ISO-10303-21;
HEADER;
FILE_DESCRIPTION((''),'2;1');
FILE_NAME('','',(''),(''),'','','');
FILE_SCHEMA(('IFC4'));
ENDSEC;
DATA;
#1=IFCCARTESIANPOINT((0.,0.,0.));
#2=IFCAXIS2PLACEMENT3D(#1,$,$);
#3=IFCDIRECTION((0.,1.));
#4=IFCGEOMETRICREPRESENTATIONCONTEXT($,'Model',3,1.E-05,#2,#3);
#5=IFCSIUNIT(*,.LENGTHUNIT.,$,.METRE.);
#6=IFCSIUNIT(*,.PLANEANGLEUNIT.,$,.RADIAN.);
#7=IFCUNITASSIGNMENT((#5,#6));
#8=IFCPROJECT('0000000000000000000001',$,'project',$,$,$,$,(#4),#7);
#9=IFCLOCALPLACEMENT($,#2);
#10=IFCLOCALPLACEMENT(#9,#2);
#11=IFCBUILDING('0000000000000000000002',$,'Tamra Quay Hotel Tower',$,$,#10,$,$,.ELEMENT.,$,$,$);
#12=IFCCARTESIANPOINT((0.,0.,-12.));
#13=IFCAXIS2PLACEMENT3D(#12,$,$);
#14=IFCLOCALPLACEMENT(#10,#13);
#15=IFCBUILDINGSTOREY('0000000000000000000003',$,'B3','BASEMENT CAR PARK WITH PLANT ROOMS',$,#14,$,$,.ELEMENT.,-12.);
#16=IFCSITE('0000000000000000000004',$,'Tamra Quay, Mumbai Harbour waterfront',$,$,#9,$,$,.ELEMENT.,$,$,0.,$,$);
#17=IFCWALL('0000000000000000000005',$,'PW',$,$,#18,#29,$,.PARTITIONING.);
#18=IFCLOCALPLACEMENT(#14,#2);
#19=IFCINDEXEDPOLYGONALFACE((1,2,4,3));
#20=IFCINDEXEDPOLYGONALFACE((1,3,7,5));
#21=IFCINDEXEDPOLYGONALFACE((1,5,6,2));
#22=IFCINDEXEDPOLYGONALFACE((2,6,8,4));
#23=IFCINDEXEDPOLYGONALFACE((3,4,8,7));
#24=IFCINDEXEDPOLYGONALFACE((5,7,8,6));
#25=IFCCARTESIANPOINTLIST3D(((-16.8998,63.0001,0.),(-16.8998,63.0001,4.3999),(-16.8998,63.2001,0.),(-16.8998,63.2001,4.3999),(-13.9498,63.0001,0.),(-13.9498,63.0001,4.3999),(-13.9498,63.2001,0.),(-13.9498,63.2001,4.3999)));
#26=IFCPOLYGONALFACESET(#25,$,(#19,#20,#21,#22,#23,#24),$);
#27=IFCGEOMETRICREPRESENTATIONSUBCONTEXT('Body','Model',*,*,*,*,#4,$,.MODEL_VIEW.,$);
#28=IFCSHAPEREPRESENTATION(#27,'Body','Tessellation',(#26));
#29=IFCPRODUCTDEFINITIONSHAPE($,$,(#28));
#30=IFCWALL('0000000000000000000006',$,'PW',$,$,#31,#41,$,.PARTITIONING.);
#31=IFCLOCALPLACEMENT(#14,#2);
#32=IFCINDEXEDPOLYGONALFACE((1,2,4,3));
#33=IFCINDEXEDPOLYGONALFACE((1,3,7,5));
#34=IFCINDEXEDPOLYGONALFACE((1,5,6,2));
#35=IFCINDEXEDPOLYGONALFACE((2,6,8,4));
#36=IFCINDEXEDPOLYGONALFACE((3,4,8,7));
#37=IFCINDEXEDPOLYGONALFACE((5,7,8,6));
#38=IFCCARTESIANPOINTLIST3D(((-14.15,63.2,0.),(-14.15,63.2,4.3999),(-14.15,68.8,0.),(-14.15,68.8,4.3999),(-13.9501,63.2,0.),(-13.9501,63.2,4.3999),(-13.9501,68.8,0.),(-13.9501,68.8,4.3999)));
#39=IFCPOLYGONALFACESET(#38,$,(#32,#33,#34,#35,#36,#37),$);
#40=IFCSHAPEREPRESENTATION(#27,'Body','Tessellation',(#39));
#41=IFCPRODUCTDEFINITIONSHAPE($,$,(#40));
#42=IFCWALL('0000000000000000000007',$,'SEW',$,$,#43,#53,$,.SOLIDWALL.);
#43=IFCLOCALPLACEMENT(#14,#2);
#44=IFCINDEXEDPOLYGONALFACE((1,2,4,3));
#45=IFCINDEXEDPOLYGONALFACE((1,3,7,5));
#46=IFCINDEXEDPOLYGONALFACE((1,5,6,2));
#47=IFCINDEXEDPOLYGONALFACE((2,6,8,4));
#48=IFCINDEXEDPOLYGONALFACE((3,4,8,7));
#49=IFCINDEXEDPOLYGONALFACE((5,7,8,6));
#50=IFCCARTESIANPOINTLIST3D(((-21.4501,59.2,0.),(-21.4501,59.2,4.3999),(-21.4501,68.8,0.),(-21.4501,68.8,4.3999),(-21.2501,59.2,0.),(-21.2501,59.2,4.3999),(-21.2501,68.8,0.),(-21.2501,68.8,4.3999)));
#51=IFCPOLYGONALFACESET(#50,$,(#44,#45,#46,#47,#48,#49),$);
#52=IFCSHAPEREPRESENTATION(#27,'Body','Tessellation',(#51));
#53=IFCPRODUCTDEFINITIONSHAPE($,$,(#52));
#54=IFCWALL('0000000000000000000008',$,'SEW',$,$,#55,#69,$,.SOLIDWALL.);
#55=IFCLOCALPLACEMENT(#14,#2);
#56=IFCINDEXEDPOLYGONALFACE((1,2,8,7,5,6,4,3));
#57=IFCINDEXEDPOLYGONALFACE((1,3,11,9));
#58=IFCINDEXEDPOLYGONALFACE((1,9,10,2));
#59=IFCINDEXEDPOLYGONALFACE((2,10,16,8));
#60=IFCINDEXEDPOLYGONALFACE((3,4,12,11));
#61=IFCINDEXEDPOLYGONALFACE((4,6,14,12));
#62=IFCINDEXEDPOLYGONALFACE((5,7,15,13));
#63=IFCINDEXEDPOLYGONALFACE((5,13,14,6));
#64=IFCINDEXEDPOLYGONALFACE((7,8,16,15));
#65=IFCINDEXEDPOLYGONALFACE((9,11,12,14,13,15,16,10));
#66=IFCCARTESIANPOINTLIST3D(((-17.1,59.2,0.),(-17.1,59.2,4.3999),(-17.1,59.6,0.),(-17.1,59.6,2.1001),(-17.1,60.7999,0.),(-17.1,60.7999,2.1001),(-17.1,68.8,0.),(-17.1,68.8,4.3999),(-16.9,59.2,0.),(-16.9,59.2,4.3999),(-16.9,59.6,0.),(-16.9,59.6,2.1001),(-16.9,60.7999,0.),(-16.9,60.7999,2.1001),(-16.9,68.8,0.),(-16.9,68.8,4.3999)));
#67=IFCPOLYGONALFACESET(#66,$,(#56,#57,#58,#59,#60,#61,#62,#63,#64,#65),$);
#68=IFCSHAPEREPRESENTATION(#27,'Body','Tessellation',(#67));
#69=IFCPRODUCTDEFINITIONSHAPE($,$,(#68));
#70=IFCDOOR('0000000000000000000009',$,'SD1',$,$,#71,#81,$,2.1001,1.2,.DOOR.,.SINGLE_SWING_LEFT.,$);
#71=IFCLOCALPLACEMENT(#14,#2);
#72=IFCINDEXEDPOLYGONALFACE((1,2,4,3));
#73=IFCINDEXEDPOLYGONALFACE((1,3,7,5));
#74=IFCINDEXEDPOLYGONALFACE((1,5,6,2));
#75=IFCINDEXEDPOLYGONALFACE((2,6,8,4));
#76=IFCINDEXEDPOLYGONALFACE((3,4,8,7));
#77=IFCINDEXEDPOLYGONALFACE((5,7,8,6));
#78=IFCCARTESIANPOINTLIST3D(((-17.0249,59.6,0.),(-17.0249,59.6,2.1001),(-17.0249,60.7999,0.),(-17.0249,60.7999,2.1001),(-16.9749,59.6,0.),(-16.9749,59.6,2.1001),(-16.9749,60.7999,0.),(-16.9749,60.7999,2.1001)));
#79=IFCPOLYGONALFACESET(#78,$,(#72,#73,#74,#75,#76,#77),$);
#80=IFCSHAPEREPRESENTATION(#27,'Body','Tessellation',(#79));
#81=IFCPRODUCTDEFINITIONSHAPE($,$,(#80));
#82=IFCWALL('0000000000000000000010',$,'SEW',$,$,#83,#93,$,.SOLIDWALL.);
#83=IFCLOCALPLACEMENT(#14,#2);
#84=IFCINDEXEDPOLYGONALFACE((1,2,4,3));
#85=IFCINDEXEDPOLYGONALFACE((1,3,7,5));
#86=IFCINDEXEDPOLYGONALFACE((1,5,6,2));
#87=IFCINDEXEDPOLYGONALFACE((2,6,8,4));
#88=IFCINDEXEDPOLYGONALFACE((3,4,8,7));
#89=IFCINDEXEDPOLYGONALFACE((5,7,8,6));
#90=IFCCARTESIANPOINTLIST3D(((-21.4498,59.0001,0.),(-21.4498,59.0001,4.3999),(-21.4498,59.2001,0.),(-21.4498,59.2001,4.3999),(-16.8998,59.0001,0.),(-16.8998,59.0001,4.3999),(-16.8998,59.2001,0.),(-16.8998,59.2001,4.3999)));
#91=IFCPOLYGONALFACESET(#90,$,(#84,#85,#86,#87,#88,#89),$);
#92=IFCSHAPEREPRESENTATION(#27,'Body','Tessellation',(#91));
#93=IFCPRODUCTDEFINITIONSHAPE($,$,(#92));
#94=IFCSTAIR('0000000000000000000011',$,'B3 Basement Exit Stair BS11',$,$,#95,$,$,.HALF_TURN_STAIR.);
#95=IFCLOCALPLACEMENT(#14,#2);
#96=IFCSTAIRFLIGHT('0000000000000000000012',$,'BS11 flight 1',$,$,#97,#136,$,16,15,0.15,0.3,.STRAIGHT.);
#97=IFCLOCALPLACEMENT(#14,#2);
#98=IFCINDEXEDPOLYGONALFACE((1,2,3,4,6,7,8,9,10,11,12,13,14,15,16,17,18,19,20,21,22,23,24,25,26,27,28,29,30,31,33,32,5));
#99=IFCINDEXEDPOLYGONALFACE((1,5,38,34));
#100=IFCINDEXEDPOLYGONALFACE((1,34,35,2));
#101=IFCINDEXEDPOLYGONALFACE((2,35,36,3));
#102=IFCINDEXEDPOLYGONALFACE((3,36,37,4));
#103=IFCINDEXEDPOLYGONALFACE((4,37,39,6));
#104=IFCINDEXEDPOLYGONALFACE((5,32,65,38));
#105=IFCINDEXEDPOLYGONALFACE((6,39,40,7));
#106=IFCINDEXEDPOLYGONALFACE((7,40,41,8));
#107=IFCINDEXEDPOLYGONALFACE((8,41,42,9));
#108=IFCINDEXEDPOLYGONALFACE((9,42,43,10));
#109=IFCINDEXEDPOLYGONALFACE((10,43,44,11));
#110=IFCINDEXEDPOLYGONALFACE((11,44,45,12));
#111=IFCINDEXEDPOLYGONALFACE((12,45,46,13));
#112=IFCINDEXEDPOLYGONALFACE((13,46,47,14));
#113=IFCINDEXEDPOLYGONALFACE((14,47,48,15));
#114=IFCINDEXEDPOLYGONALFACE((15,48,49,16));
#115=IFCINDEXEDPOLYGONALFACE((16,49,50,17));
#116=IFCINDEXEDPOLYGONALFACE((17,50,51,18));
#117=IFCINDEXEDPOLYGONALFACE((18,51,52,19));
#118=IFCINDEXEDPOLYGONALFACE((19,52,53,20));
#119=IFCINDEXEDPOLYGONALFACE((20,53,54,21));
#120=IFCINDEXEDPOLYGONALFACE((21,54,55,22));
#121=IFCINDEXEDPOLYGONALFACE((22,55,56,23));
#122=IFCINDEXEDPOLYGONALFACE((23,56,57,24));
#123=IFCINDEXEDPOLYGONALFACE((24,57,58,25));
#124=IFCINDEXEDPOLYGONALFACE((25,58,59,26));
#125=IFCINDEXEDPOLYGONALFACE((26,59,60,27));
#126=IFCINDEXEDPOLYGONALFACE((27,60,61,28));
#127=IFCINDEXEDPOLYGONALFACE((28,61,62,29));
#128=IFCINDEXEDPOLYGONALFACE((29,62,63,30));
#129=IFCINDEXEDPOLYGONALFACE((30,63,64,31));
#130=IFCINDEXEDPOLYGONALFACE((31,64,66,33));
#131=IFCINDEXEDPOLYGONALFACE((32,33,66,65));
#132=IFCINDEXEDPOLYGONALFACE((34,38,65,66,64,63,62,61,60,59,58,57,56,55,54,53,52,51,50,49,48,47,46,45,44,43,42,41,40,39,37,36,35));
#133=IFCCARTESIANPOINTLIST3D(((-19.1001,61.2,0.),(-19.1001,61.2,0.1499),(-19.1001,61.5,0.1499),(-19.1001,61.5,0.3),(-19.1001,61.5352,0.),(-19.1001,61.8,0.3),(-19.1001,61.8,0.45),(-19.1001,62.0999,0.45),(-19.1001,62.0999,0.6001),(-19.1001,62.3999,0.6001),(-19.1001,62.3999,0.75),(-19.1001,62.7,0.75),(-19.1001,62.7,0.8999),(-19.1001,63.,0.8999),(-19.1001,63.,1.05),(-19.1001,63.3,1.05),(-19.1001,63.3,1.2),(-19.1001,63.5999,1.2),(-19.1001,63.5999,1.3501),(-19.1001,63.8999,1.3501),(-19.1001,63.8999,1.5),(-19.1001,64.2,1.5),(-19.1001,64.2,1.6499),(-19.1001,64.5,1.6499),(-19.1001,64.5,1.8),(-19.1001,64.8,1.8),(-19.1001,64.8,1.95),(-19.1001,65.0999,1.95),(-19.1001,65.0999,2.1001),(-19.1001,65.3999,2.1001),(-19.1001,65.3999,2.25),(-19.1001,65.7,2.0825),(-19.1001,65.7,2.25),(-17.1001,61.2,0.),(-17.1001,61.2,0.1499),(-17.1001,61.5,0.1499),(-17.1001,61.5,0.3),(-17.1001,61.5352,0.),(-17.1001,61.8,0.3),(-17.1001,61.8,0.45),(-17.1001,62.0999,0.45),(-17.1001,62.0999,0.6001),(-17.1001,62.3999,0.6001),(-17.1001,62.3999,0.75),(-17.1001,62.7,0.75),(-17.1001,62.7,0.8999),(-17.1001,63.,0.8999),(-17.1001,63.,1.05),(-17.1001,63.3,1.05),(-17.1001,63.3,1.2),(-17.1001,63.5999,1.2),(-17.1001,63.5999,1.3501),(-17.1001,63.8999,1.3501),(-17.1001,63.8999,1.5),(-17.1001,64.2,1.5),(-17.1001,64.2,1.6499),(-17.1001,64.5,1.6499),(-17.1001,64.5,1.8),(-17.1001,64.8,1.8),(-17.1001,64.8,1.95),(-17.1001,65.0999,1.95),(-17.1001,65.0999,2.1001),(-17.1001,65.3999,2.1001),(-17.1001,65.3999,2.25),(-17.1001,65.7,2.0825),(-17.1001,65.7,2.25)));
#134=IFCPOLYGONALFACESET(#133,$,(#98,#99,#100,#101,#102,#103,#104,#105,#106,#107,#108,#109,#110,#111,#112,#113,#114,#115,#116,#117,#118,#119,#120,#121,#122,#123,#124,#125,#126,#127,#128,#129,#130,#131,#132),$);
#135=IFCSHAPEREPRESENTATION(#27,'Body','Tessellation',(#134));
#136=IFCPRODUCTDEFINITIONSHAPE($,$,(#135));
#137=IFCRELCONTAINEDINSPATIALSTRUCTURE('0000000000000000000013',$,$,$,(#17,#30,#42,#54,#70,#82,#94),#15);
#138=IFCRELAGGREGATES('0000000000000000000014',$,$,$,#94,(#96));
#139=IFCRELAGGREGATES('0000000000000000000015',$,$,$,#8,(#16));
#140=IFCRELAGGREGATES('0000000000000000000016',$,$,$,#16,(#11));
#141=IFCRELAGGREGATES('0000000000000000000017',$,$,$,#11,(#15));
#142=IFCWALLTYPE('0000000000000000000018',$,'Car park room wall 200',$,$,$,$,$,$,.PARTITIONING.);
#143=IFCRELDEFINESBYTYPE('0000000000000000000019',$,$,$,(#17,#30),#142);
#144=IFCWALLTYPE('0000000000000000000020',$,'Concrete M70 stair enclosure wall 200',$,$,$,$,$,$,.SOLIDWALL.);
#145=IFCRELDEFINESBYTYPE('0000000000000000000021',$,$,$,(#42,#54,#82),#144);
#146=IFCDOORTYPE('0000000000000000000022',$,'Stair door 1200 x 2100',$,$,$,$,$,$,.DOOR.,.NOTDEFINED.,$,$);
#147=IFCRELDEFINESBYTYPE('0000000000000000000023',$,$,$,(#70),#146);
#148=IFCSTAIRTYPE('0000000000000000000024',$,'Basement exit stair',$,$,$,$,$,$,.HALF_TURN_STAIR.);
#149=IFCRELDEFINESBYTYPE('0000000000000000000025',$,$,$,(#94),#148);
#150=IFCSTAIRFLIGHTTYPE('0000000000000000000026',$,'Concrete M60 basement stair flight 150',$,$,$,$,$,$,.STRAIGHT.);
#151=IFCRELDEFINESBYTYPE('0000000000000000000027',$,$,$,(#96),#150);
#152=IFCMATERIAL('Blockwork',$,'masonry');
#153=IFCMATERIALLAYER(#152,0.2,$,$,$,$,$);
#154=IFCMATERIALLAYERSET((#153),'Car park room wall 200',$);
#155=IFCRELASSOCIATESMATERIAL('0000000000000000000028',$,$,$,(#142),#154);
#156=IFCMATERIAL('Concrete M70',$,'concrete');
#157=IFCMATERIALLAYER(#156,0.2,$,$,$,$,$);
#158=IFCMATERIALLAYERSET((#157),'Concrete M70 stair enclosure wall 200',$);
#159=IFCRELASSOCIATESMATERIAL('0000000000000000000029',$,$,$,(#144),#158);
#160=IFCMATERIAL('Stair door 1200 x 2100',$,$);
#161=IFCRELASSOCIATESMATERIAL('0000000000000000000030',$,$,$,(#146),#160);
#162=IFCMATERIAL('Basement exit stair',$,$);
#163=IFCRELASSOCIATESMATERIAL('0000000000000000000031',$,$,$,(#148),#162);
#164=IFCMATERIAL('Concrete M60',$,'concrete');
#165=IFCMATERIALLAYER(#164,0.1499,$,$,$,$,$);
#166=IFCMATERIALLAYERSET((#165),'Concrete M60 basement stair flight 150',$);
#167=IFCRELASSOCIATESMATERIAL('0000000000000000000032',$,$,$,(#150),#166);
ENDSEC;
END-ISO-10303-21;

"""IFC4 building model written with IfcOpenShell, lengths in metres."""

from ifc_helpers import new_model, si_unit, direction, frame, frame_2d, origin, place, context, subcontext, project, spatial, polyline, rectangle, outline, extrude, material, layer, layer_set, type_object, element, fill, aggregate, save


model = new_model("IFC4")

# Units and contexts
model_context = context("Model", 3, precision=1e-05, world=origin(), true_north=direction((0.0, 1.0)))
body_context = subcontext(model_context, "Body", "Model", "MODEL_VIEW")
ifc_project = project(units=[si_unit("LENGTHUNIT", "METRE"), si_unit("PLANEANGLEUNIT", "RADIAN")], contexts=[model_context])

# Site, building, storey
site_placement = place(None, origin())
site = spatial("IfcSite", under=ifc_project, at=site_placement, Name="Tamra Quay, Mumbai Harbour waterfront", CompositionType="ELEMENT", RefElevation=0.0)
building_placement = place(site_placement, origin())
building = spatial("IfcBuilding", under=site, at=building_placement, Name="Tamra Quay Hotel Tower", CompositionType="ELEMENT")
storey_placement = place(building_placement, frame((0.0, 0.0, -12.0)))
storey = spatial("IfcBuildingStorey", under=building, at=storey_placement, Name="B3", Description="BASEMENT CAR PARK WITH PLANT ROOMS", CompositionType="ELEMENT", Elevation=-12.0)

# Shared definitions
ifc_material_1 = material(Name="Concrete M70", Category="concrete")

# Shared definitions
ifc_material_2 = material(Name="Blockwork", Category="masonry")
ifc_layer_1 = layer(ifc_material_2, 0.2)
ifc_layer_set_1 = layer_set([ifc_layer_1], Name="Car park room wall 200")
wall_type_1 = type_object("IfcWallType", Name="Car park room wall 200", PredefinedType="PARTITIONING", material=ifc_layer_set_1)

# Walls
wall_1_placement = place(storey_placement, frame((-16.8999, 63.1001, 0.0), z_axis=(0.0, 0.0, 1.0), x_axis=(1.0, 0.0, 0.0)))
element("IfcWall", 1, at=wall_1_placement, inside=storey, type_object=wall_type_1, Name="PW", PredefinedType="PARTITIONING", context=body_context, shape_type="SweptSolid", body=[
    extrude(rectangle(XDim=2.95, YDim=0.2, at=frame_2d((1.4751, 0.0))), origin(), (0.0, 0.0, 1.0), 4.3999),
])
wall_2_placement = place(storey_placement, frame((-14.05, 63.2, 0.0), z_axis=(0.0, 0.0, 1.0), x_axis=(0.0, 1.0, 0.0)))
element("IfcWall", 2, at=wall_2_placement, inside=storey, type_object=wall_type_1, Name="PW", PredefinedType="PARTITIONING", context=body_context, shape_type="SweptSolid", body=[
    extrude(rectangle(XDim=5.6001, YDim=0.2, at=frame_2d((2.8, 0.0))), origin(), (0.0, 0.0, 1.0), 4.3999),
])
ifc_layer_2 = layer(ifc_material_1, 0.2)
ifc_layer_set_2 = layer_set([ifc_layer_2], Name="Concrete M70 stair enclosure wall 200")
wall_type_2 = type_object("IfcWallType", Name="Concrete M70 stair enclosure wall 200", PredefinedType="SOLIDWALL", material=ifc_layer_set_2)
wall_3_placement = place(storey_placement, frame((-21.3501, 59.2, 0.0), z_axis=(0.0, 0.0, 1.0), x_axis=(0.0, 1.0, 0.0)))
element("IfcWall", 3, at=wall_3_placement, inside=storey, type_object=wall_type_2, Name="SEW", PredefinedType="SOLIDWALL", context=body_context, shape_type="SweptSolid", body=[
    extrude(rectangle(XDim=9.6001, YDim=0.2, at=frame_2d((4.8, 0.0))), origin(), (0.0, 0.0, 1.0), 4.3999),
])

# Wall, opening, door
wall_4_placement = place(storey_placement, frame((-17.0, 59.2, 0.0), z_axis=(0.0, 0.0, 1.0), x_axis=(0.0, 1.0, 0.0)))
wall_4 = element("IfcWall", 4, at=wall_4_placement, inside=storey, type_object=wall_type_2, Name="SEW", PredefinedType="SOLIDWALL", context=body_context, shape_type="SweptSolid", body=[
    extrude(rectangle(XDim=9.6001, YDim=0.2, at=frame_2d((4.8, 0.0))), origin(), (0.0, 0.0, 1.0), 4.3999),
])
opening_1_placement = place(wall_4_placement, frame((0.3999, 0.0, 0.0)))
opening_1 = element("IfcOpeningElement", 5, at=opening_1_placement, cuts=wall_4, PredefinedType="OPENING", context=body_context, shape_type="SweptSolid", body=[
    extrude(rectangle(XDim=1.2, YDim=2.1001, at=frame_2d((0.6001, 1.05))), frame((0.0, 0.1099, 0.0), z_axis=(0.0, -1.0, 0.0), x_axis=(1.0, 0.0, 0.0)), (0.0, 0.0, 1.0), 0.22),
])
ifc_material_3 = material(Name="Stair door 1200 x 2100")
door_type_1 = type_object("IfcDoorType", Name="Stair door 1200 x 2100", OperationType="NOTDEFINED", PredefinedType="DOOR", material=ifc_material_3)
door_1_placement = place(opening_1_placement, origin())
door_1 = element("IfcDoor", 6, at=door_1_placement, inside=storey, type_object=door_type_1, Name="SD1", OperationType="SINGLE_SWING_LEFT", OverallHeight=2.1001, OverallWidth=1.2, PredefinedType="DOOR", context=body_context, shape_type="SweptSolid", body=[
    extrude(rectangle(XDim=1.2, YDim=2.1001, at=frame_2d((0.6001, 1.05))), frame((0.0, 0.0249, 0.0), z_axis=(0.0, -1.0, 0.0), x_axis=(1.0, 0.0, 0.0)), (0.0, 0.0, 1.0), 0.05),
])
fill(opening_1, door_1)

# Wall
wall_5_placement = place(storey_placement, frame((-16.8999, 59.1001, 0.0), z_axis=(0.0, 0.0, 1.0), x_axis=(-1.0, 0.0, 0.0)))
element("IfcWall", 7, at=wall_5_placement, inside=storey, type_object=wall_type_2, Name="SEW", PredefinedType="SOLIDWALL", context=body_context, shape_type="SweptSolid", body=[
    extrude(rectangle(XDim=4.55, YDim=0.2, at=frame_2d((2.2749, 0.0))), origin(), (0.0, 0.0, 1.0), 4.3999),
])

# Stair, stair flight
ifc_material_4 = material(Name="Basement exit stair")
stair_type = type_object("IfcStairType", Name="Basement exit stair", PredefinedType="HALF_TURN_STAIR", material=ifc_material_4)
stair_placement = place(storey_placement, origin())
stair = element("IfcStair", 8, at=stair_placement, inside=storey, type_object=stair_type, Name="B3 Basement Exit Stair BS11", PredefinedType="HALF_TURN_STAIR")
ifc_material_5 = material(Name="Concrete M60", Category="concrete")
ifc_layer_3 = layer(ifc_material_5, 0.1499)
ifc_layer_set_3 = layer_set([ifc_layer_3], Name="Concrete M60 basement stair flight 150")
stair_flight_type = type_object("IfcStairFlightType", Name="Concrete M60 basement stair flight 150", PredefinedType="STRAIGHT", material=ifc_layer_set_3)
stair_flight_placement = place(storey_placement, frame((-18.1001, 61.2, 0.0), z_axis=(0.0, 0.0, 1.0), x_axis=(0.0, 1.0, 0.0)))
stair_flight = element("IfcStairFlight", 9, at=stair_flight_placement, type_object=stair_flight_type, Name="BS11 flight 1", NumberOfRisers=16, NumberOfTreads=15, PredefinedType="STRAIGHT", RiserHeight=0.15, TreadLength=0.3, context=body_context, shape_type="SweptSolid", body=[
    extrude(outline(polyline([(0.0, 0.0), (0.0, 0.1499), (0.3, 0.1499), (0.3, 0.3), (0.6001, 0.3), (0.6001, 0.45), (0.8999, 0.45), (0.8999, 0.6001), (1.2, 0.6001), (1.2, 0.75), (1.5, 0.75), (1.5, 0.8999), (1.8, 0.8999), (1.8, 1.05), (2.1001, 1.05), (2.1001, 1.2), (2.3999, 1.2), (2.3999, 1.3501), (2.7, 1.3501), (2.7, 1.5), (3.0, 1.5), (3.0, 1.6499), (3.3, 1.6499), (3.3, 1.8), (3.6001, 1.8), (3.6001, 1.95), (3.8999, 1.95), (3.8999, 2.1001), (4.2, 2.1001), (4.2, 2.25), (4.5, 2.25), (4.5, 2.3999), (4.5, 2.0825), (0.3352, 0.0), (0.0, 0.0)])), frame((0.0, 1.0, 0.0), z_axis=(0.0, -1.0, 0.0), x_axis=(1.0, 0.0, 0.0)), (0.0, 0.0, 1.0), 2.0),
])
aggregate(stair, [stair_flight])

save(model, "model.ifc")
